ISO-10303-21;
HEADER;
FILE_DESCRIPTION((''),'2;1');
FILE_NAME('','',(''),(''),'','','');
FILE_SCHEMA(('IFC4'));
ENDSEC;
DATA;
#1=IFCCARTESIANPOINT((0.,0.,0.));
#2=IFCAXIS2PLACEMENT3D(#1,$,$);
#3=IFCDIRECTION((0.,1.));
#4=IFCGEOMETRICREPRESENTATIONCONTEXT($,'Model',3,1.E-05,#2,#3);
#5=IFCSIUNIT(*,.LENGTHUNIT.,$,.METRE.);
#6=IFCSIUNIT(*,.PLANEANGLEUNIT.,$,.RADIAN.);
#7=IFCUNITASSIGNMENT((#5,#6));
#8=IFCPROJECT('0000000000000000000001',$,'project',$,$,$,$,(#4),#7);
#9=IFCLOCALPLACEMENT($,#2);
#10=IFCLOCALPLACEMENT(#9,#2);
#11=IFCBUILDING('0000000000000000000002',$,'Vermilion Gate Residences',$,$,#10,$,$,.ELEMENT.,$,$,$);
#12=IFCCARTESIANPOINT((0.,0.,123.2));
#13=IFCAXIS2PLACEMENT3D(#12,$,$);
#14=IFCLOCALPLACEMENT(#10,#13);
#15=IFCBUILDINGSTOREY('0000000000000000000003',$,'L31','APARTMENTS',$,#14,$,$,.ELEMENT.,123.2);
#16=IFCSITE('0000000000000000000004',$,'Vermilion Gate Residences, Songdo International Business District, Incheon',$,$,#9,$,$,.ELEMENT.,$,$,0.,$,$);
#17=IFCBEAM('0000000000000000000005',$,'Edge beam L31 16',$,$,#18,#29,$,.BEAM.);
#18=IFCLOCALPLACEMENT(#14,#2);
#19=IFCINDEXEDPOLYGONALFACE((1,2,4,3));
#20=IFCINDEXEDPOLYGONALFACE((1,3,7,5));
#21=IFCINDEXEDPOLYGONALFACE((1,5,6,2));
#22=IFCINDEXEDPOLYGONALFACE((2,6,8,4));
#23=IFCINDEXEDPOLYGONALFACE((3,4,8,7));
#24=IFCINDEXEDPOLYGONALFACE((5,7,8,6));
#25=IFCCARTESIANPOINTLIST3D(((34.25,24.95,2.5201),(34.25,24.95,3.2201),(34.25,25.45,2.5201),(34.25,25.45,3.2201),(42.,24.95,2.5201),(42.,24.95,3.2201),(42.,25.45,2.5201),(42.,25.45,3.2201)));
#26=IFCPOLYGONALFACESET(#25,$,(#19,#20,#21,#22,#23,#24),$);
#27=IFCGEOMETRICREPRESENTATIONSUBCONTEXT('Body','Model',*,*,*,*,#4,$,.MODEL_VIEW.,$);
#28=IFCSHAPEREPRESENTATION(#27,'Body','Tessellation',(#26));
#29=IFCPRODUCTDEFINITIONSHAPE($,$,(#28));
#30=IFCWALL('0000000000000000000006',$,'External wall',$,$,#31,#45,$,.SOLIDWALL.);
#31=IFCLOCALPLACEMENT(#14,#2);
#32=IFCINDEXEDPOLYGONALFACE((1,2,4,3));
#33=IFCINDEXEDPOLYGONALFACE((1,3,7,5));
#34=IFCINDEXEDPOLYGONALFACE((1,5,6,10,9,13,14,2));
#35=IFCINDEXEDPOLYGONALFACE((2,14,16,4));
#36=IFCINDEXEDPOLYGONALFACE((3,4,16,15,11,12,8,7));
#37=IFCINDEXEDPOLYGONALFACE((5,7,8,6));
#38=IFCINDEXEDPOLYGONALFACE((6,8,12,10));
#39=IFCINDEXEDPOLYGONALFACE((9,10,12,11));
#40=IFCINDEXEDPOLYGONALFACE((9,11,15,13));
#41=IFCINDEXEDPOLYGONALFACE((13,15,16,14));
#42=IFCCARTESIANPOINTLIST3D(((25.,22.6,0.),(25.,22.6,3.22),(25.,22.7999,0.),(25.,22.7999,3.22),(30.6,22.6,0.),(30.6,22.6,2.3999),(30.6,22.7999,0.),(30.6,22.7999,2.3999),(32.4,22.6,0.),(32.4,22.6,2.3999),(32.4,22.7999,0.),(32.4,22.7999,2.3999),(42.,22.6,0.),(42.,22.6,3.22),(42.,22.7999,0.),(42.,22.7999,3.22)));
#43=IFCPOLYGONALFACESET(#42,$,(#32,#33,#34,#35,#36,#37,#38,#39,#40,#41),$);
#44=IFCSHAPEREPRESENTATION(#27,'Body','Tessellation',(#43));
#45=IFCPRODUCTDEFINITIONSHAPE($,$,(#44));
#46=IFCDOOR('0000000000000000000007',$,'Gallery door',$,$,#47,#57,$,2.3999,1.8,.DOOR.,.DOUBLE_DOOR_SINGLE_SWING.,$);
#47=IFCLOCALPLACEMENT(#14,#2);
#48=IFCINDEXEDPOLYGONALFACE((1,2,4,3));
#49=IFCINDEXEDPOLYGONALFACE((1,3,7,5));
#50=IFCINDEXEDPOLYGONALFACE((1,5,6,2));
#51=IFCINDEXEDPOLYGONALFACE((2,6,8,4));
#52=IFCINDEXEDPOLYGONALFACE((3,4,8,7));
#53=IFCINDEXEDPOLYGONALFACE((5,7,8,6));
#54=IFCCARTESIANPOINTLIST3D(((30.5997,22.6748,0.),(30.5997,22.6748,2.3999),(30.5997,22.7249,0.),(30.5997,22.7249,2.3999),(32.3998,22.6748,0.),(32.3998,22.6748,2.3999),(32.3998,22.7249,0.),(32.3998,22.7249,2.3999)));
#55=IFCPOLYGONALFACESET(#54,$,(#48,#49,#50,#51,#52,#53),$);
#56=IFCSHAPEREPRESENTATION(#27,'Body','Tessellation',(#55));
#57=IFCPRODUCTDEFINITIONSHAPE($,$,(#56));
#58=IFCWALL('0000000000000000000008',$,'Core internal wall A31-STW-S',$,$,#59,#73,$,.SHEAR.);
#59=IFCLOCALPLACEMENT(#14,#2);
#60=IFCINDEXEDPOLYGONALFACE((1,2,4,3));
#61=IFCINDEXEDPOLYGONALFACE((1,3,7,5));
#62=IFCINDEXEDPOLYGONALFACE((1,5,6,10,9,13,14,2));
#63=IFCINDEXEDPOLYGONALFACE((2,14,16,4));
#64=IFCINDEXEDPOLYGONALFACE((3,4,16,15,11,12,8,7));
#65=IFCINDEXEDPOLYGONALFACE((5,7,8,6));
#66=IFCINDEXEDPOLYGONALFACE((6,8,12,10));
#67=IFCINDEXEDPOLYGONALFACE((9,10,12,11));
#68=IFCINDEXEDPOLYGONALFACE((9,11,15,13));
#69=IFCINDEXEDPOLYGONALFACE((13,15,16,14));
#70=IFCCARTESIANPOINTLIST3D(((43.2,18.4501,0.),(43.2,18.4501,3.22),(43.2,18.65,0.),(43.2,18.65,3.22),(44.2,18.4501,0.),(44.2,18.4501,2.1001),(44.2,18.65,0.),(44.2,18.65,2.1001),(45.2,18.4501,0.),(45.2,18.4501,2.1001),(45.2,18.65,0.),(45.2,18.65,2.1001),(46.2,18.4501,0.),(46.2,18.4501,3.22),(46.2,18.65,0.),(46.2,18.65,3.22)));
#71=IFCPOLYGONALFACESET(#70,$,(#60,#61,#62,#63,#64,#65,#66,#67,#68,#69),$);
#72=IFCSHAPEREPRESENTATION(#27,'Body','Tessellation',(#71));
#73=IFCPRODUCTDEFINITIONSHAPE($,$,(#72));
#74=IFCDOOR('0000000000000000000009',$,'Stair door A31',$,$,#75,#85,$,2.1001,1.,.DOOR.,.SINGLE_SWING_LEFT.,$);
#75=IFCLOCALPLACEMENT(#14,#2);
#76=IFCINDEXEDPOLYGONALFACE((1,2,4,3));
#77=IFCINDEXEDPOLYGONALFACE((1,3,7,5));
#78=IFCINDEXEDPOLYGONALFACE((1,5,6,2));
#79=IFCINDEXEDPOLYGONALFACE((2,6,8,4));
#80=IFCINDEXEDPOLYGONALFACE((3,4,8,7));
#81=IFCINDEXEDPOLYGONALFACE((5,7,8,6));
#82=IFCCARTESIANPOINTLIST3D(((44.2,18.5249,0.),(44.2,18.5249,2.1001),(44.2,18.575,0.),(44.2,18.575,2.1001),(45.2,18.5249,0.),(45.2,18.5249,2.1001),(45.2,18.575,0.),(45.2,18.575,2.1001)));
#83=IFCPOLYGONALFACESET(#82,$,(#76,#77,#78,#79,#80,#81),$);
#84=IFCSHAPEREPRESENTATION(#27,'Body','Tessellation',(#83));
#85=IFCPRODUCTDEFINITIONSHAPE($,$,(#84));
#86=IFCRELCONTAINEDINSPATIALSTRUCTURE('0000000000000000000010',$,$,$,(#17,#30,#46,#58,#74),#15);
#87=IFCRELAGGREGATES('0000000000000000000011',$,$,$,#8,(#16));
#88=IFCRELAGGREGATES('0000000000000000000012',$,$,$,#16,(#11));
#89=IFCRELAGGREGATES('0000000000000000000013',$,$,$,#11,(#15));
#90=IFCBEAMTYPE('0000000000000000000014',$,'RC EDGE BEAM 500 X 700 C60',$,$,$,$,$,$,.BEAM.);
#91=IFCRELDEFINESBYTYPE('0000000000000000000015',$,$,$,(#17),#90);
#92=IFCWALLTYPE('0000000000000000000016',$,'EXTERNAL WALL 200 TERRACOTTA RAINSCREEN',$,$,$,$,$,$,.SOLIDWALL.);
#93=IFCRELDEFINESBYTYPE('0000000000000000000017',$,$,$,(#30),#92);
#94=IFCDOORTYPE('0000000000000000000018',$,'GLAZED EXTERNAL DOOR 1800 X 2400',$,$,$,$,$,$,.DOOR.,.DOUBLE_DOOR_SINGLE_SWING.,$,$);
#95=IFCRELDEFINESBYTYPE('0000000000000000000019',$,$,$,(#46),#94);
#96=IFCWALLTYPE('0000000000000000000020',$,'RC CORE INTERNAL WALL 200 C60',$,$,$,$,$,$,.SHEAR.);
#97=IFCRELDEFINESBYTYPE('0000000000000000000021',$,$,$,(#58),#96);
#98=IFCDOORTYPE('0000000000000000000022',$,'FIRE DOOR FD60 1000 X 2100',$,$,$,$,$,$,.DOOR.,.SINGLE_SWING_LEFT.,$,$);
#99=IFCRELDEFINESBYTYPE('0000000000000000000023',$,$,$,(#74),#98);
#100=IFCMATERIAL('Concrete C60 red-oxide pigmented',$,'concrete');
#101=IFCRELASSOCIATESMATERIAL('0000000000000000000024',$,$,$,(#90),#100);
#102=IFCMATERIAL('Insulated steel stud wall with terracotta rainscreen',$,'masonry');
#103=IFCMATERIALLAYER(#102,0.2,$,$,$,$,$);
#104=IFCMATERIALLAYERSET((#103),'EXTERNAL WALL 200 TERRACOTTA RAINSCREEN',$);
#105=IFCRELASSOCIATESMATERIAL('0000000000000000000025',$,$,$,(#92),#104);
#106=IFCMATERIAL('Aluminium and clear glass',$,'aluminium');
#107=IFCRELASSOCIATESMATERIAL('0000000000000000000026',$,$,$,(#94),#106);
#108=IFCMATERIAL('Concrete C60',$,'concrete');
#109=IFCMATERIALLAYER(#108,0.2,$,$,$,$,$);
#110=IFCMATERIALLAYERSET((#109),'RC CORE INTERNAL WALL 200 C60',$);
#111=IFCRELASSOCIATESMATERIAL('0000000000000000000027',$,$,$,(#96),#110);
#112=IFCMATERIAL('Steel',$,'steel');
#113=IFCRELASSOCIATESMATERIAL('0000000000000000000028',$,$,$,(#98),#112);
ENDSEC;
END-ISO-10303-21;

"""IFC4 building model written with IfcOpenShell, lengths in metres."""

from ifc_helpers import new_model, si_unit, direction, frame, frame_2d, origin, origin_2d, place, context, subcontext, project, spatial, rectangle, extrude, material, layer, layer_set, material_profile, profile_set, type_object, element, fill, save


model = new_model("IFC4")

# Units and contexts
model_context = context("Model", 3, precision=1e-05, world=origin(), true_north=direction((0.0, 1.0)))
body_context = subcontext(model_context, "Body", "Model", "MODEL_VIEW")
ifc_project = project(units=[si_unit("LENGTHUNIT", "METRE"), si_unit("PLANEANGLEUNIT", "RADIAN")], contexts=[model_context])

# Site, building, storey
site_placement = place(None, origin())
site = spatial("IfcSite", under=ifc_project, at=site_placement, Name="Vermilion Gate Residences, Songdo International Business District, Incheon", CompositionType="ELEMENT", RefElevation=0.0)
building_placement = place(site_placement, origin())
building = spatial("IfcBuilding", under=site, at=building_placement, Name="Vermilion Gate Residences", CompositionType="ELEMENT")
storey_placement = place(building_placement, frame((0.0, 0.0, 123.2)))
storey = spatial("IfcBuildingStorey", under=building, at=storey_placement, Name="L31", Description="APARTMENTS", CompositionType="ELEMENT", Elevation=123.2)

# Beam
ifc_material_1 = material(Name="Concrete C60 red-oxide pigmented", Category="concrete")
ifc_material_profile_1 = material_profile(ifc_material_1, rectangle(XDim=0.5, YDim=0.7, at=origin_2d()), Name="RC-500x700")
ifc_profile_set_1 = profile_set([ifc_material_profile_1], Name="Concrete C60 red-oxide pigmented")
beam_type = type_object("IfcBeamType", Name="RC EDGE BEAM 500 X 700 C60", PredefinedType="BEAM", material=ifc_profile_set_1)
beam_placement = place(storey_placement, frame((34.25, 25.2, 2.8701), z_axis=(1.0, 0.0, 0.0), x_axis=(0.0, 1.0, 0.0)))
element("IfcBeam", 1, at=beam_placement, inside=storey, type_object=beam_type, Name="Edge beam L31 16", PredefinedType="BEAM", context=body_context, shape_type="SweptSolid", body=[
    extrude(rectangle(XDim=0.5, YDim=0.7, at=origin_2d()), origin(), (0.0, 0.0, 1.0), 7.75),
])

# Walls, openings, doors
ifc_material_2 = material(Name="Insulated steel stud wall with terracotta rainscreen", Category="masonry")
ifc_layer_1 = layer(ifc_material_2, 0.2)
ifc_layer_set_1 = layer_set([ifc_layer_1], Name="EXTERNAL WALL 200 TERRACOTTA RAINSCREEN")
wall_type_1 = type_object("IfcWallType", Name="EXTERNAL WALL 200 TERRACOTTA RAINSCREEN", PredefinedType="SOLIDWALL", material=ifc_layer_set_1)
wall_1_placement = place(storey_placement, frame((42.0, 22.7, 0.0), z_axis=(0.0, 0.0, 1.0), x_axis=(-1.0, 0.0, 0.0)))
wall_1 = element("IfcWall", 2, at=wall_1_placement, inside=storey, type_object=wall_type_1, Name="External wall", PredefinedType="SOLIDWALL", context=body_context, shape_type="SweptSolid", body=[
    extrude(rectangle(XDim=17.0, YDim=0.2, at=frame_2d((8.5, 0.0))), origin(), (0.0, 0.0, 1.0), 3.22),
])
opening_1_placement = place(wall_1_placement, frame((9.6001, 0.0, 0.0)))
opening_1 = element("IfcOpeningElement", 3, at=opening_1_placement, cuts=wall_1, PredefinedType="OPENING", context=body_context, shape_type="SweptSolid", body=[
    extrude(rectangle(XDim=1.8, YDim=2.3999, at=frame_2d((0.8999, 1.2))), frame((0.0, 0.1099, 0.0), z_axis=(0.0, -1.0, 0.0), x_axis=(1.0, 0.0, 0.0)), (0.0, 0.0, 1.0), 0.22),
])
ifc_material_3 = material(Name="Aluminium and clear glass", Category="aluminium")
door_type_1 = type_object("IfcDoorType", Name="GLAZED EXTERNAL DOOR 1800 X 2400", OperationType="DOUBLE_DOOR_SINGLE_SWING", PredefinedType="DOOR", material=ifc_material_3)
door_1_placement = place(opening_1_placement, frame((1.8, 0.0, 0.0), z_axis=(0.0, 0.0, 1.0), x_axis=(-1.0, 0.0, 0.0)))
door_1 = element("IfcDoor", 4, at=door_1_placement, inside=storey, type_object=door_type_1, Name="Gallery door", OperationType="DOUBLE_DOOR_SINGLE_SWING", OverallHeight=2.3999, OverallWidth=1.8, PredefinedType="DOOR", context=body_context, shape_type="SweptSolid", body=[
    extrude(rectangle(XDim=1.8, YDim=2.3999, at=frame_2d((0.8999, 1.2))), frame((0.0, 0.0249, 0.0), z_axis=(0.0, -1.0, 0.0), x_axis=(1.0, 0.0, 0.0)), (0.0, 0.0, 1.0), 0.05),
])
fill(opening_1, door_1)
ifc_material_4 = material(Name="Concrete C60", Category="concrete")
ifc_layer_2 = layer(ifc_material_4, 0.2)
ifc_layer_set_2 = layer_set([ifc_layer_2], Name="RC CORE INTERNAL WALL 200 C60")
wall_type_2 = type_object("IfcWallType", Name="RC CORE INTERNAL WALL 200 C60", PredefinedType="SHEAR", material=ifc_layer_set_2)
wall_2_placement = place(storey_placement, frame((43.2, 18.55, 0.0), z_axis=(0.0, 0.0, 1.0), x_axis=(1.0, 0.0, 0.0)))
wall_2 = element("IfcWall", 5, at=wall_2_placement, inside=storey, type_object=wall_type_2, Name="Core internal wall A31-STW-S", PredefinedType="SHEAR", context=body_context, shape_type="SweptSolid", body=[
    extrude(rectangle(XDim=3.0, YDim=0.2, at=frame_2d((1.5, 0.0))), origin(), (0.0, 0.0, 1.0), 3.22),
])
opening_2_placement = place(wall_2_placement, frame((1.0, 0.0, 0.0)))
opening_2 = element("IfcOpeningElement", 6, at=opening_2_placement, cuts=wall_2, PredefinedType="OPENING", context=body_context, shape_type="SweptSolid", body=[
    extrude(rectangle(XDim=1.0, YDim=2.1001, at=frame_2d((0.5, 1.05))), frame((0.0, 0.1099, 0.0), z_axis=(0.0, -1.0, 0.0), x_axis=(1.0, 0.0, 0.0)), (0.0, 0.0, 1.0), 0.22),
])
ifc_material_5 = material(Name="Steel", Category="steel")
door_type_2 = type_object("IfcDoorType", Name="FIRE DOOR FD60 1000 X 2100", OperationType="SINGLE_SWING_LEFT", PredefinedType="DOOR", material=ifc_material_5)
door_2_placement = place(opening_2_placement, origin())
door_2 = element("IfcDoor", 7, at=door_2_placement, inside=storey, type_object=door_type_2, Name="Stair door A31", OperationType="SINGLE_SWING_LEFT", OverallHeight=2.1001, OverallWidth=1.0, PredefinedType="DOOR", context=body_context, shape_type="SweptSolid", body=[
    extrude(rectangle(XDim=1.0, YDim=2.1001, at=frame_2d((0.5, 1.05))), frame((0.0, 0.0249, 0.0), z_axis=(0.0, -1.0, 0.0), x_axis=(1.0, 0.0, 0.0)), (0.0, 0.0, 1.0), 0.05),
])
fill(opening_2, door_2)

save(model, "model.ifc")
